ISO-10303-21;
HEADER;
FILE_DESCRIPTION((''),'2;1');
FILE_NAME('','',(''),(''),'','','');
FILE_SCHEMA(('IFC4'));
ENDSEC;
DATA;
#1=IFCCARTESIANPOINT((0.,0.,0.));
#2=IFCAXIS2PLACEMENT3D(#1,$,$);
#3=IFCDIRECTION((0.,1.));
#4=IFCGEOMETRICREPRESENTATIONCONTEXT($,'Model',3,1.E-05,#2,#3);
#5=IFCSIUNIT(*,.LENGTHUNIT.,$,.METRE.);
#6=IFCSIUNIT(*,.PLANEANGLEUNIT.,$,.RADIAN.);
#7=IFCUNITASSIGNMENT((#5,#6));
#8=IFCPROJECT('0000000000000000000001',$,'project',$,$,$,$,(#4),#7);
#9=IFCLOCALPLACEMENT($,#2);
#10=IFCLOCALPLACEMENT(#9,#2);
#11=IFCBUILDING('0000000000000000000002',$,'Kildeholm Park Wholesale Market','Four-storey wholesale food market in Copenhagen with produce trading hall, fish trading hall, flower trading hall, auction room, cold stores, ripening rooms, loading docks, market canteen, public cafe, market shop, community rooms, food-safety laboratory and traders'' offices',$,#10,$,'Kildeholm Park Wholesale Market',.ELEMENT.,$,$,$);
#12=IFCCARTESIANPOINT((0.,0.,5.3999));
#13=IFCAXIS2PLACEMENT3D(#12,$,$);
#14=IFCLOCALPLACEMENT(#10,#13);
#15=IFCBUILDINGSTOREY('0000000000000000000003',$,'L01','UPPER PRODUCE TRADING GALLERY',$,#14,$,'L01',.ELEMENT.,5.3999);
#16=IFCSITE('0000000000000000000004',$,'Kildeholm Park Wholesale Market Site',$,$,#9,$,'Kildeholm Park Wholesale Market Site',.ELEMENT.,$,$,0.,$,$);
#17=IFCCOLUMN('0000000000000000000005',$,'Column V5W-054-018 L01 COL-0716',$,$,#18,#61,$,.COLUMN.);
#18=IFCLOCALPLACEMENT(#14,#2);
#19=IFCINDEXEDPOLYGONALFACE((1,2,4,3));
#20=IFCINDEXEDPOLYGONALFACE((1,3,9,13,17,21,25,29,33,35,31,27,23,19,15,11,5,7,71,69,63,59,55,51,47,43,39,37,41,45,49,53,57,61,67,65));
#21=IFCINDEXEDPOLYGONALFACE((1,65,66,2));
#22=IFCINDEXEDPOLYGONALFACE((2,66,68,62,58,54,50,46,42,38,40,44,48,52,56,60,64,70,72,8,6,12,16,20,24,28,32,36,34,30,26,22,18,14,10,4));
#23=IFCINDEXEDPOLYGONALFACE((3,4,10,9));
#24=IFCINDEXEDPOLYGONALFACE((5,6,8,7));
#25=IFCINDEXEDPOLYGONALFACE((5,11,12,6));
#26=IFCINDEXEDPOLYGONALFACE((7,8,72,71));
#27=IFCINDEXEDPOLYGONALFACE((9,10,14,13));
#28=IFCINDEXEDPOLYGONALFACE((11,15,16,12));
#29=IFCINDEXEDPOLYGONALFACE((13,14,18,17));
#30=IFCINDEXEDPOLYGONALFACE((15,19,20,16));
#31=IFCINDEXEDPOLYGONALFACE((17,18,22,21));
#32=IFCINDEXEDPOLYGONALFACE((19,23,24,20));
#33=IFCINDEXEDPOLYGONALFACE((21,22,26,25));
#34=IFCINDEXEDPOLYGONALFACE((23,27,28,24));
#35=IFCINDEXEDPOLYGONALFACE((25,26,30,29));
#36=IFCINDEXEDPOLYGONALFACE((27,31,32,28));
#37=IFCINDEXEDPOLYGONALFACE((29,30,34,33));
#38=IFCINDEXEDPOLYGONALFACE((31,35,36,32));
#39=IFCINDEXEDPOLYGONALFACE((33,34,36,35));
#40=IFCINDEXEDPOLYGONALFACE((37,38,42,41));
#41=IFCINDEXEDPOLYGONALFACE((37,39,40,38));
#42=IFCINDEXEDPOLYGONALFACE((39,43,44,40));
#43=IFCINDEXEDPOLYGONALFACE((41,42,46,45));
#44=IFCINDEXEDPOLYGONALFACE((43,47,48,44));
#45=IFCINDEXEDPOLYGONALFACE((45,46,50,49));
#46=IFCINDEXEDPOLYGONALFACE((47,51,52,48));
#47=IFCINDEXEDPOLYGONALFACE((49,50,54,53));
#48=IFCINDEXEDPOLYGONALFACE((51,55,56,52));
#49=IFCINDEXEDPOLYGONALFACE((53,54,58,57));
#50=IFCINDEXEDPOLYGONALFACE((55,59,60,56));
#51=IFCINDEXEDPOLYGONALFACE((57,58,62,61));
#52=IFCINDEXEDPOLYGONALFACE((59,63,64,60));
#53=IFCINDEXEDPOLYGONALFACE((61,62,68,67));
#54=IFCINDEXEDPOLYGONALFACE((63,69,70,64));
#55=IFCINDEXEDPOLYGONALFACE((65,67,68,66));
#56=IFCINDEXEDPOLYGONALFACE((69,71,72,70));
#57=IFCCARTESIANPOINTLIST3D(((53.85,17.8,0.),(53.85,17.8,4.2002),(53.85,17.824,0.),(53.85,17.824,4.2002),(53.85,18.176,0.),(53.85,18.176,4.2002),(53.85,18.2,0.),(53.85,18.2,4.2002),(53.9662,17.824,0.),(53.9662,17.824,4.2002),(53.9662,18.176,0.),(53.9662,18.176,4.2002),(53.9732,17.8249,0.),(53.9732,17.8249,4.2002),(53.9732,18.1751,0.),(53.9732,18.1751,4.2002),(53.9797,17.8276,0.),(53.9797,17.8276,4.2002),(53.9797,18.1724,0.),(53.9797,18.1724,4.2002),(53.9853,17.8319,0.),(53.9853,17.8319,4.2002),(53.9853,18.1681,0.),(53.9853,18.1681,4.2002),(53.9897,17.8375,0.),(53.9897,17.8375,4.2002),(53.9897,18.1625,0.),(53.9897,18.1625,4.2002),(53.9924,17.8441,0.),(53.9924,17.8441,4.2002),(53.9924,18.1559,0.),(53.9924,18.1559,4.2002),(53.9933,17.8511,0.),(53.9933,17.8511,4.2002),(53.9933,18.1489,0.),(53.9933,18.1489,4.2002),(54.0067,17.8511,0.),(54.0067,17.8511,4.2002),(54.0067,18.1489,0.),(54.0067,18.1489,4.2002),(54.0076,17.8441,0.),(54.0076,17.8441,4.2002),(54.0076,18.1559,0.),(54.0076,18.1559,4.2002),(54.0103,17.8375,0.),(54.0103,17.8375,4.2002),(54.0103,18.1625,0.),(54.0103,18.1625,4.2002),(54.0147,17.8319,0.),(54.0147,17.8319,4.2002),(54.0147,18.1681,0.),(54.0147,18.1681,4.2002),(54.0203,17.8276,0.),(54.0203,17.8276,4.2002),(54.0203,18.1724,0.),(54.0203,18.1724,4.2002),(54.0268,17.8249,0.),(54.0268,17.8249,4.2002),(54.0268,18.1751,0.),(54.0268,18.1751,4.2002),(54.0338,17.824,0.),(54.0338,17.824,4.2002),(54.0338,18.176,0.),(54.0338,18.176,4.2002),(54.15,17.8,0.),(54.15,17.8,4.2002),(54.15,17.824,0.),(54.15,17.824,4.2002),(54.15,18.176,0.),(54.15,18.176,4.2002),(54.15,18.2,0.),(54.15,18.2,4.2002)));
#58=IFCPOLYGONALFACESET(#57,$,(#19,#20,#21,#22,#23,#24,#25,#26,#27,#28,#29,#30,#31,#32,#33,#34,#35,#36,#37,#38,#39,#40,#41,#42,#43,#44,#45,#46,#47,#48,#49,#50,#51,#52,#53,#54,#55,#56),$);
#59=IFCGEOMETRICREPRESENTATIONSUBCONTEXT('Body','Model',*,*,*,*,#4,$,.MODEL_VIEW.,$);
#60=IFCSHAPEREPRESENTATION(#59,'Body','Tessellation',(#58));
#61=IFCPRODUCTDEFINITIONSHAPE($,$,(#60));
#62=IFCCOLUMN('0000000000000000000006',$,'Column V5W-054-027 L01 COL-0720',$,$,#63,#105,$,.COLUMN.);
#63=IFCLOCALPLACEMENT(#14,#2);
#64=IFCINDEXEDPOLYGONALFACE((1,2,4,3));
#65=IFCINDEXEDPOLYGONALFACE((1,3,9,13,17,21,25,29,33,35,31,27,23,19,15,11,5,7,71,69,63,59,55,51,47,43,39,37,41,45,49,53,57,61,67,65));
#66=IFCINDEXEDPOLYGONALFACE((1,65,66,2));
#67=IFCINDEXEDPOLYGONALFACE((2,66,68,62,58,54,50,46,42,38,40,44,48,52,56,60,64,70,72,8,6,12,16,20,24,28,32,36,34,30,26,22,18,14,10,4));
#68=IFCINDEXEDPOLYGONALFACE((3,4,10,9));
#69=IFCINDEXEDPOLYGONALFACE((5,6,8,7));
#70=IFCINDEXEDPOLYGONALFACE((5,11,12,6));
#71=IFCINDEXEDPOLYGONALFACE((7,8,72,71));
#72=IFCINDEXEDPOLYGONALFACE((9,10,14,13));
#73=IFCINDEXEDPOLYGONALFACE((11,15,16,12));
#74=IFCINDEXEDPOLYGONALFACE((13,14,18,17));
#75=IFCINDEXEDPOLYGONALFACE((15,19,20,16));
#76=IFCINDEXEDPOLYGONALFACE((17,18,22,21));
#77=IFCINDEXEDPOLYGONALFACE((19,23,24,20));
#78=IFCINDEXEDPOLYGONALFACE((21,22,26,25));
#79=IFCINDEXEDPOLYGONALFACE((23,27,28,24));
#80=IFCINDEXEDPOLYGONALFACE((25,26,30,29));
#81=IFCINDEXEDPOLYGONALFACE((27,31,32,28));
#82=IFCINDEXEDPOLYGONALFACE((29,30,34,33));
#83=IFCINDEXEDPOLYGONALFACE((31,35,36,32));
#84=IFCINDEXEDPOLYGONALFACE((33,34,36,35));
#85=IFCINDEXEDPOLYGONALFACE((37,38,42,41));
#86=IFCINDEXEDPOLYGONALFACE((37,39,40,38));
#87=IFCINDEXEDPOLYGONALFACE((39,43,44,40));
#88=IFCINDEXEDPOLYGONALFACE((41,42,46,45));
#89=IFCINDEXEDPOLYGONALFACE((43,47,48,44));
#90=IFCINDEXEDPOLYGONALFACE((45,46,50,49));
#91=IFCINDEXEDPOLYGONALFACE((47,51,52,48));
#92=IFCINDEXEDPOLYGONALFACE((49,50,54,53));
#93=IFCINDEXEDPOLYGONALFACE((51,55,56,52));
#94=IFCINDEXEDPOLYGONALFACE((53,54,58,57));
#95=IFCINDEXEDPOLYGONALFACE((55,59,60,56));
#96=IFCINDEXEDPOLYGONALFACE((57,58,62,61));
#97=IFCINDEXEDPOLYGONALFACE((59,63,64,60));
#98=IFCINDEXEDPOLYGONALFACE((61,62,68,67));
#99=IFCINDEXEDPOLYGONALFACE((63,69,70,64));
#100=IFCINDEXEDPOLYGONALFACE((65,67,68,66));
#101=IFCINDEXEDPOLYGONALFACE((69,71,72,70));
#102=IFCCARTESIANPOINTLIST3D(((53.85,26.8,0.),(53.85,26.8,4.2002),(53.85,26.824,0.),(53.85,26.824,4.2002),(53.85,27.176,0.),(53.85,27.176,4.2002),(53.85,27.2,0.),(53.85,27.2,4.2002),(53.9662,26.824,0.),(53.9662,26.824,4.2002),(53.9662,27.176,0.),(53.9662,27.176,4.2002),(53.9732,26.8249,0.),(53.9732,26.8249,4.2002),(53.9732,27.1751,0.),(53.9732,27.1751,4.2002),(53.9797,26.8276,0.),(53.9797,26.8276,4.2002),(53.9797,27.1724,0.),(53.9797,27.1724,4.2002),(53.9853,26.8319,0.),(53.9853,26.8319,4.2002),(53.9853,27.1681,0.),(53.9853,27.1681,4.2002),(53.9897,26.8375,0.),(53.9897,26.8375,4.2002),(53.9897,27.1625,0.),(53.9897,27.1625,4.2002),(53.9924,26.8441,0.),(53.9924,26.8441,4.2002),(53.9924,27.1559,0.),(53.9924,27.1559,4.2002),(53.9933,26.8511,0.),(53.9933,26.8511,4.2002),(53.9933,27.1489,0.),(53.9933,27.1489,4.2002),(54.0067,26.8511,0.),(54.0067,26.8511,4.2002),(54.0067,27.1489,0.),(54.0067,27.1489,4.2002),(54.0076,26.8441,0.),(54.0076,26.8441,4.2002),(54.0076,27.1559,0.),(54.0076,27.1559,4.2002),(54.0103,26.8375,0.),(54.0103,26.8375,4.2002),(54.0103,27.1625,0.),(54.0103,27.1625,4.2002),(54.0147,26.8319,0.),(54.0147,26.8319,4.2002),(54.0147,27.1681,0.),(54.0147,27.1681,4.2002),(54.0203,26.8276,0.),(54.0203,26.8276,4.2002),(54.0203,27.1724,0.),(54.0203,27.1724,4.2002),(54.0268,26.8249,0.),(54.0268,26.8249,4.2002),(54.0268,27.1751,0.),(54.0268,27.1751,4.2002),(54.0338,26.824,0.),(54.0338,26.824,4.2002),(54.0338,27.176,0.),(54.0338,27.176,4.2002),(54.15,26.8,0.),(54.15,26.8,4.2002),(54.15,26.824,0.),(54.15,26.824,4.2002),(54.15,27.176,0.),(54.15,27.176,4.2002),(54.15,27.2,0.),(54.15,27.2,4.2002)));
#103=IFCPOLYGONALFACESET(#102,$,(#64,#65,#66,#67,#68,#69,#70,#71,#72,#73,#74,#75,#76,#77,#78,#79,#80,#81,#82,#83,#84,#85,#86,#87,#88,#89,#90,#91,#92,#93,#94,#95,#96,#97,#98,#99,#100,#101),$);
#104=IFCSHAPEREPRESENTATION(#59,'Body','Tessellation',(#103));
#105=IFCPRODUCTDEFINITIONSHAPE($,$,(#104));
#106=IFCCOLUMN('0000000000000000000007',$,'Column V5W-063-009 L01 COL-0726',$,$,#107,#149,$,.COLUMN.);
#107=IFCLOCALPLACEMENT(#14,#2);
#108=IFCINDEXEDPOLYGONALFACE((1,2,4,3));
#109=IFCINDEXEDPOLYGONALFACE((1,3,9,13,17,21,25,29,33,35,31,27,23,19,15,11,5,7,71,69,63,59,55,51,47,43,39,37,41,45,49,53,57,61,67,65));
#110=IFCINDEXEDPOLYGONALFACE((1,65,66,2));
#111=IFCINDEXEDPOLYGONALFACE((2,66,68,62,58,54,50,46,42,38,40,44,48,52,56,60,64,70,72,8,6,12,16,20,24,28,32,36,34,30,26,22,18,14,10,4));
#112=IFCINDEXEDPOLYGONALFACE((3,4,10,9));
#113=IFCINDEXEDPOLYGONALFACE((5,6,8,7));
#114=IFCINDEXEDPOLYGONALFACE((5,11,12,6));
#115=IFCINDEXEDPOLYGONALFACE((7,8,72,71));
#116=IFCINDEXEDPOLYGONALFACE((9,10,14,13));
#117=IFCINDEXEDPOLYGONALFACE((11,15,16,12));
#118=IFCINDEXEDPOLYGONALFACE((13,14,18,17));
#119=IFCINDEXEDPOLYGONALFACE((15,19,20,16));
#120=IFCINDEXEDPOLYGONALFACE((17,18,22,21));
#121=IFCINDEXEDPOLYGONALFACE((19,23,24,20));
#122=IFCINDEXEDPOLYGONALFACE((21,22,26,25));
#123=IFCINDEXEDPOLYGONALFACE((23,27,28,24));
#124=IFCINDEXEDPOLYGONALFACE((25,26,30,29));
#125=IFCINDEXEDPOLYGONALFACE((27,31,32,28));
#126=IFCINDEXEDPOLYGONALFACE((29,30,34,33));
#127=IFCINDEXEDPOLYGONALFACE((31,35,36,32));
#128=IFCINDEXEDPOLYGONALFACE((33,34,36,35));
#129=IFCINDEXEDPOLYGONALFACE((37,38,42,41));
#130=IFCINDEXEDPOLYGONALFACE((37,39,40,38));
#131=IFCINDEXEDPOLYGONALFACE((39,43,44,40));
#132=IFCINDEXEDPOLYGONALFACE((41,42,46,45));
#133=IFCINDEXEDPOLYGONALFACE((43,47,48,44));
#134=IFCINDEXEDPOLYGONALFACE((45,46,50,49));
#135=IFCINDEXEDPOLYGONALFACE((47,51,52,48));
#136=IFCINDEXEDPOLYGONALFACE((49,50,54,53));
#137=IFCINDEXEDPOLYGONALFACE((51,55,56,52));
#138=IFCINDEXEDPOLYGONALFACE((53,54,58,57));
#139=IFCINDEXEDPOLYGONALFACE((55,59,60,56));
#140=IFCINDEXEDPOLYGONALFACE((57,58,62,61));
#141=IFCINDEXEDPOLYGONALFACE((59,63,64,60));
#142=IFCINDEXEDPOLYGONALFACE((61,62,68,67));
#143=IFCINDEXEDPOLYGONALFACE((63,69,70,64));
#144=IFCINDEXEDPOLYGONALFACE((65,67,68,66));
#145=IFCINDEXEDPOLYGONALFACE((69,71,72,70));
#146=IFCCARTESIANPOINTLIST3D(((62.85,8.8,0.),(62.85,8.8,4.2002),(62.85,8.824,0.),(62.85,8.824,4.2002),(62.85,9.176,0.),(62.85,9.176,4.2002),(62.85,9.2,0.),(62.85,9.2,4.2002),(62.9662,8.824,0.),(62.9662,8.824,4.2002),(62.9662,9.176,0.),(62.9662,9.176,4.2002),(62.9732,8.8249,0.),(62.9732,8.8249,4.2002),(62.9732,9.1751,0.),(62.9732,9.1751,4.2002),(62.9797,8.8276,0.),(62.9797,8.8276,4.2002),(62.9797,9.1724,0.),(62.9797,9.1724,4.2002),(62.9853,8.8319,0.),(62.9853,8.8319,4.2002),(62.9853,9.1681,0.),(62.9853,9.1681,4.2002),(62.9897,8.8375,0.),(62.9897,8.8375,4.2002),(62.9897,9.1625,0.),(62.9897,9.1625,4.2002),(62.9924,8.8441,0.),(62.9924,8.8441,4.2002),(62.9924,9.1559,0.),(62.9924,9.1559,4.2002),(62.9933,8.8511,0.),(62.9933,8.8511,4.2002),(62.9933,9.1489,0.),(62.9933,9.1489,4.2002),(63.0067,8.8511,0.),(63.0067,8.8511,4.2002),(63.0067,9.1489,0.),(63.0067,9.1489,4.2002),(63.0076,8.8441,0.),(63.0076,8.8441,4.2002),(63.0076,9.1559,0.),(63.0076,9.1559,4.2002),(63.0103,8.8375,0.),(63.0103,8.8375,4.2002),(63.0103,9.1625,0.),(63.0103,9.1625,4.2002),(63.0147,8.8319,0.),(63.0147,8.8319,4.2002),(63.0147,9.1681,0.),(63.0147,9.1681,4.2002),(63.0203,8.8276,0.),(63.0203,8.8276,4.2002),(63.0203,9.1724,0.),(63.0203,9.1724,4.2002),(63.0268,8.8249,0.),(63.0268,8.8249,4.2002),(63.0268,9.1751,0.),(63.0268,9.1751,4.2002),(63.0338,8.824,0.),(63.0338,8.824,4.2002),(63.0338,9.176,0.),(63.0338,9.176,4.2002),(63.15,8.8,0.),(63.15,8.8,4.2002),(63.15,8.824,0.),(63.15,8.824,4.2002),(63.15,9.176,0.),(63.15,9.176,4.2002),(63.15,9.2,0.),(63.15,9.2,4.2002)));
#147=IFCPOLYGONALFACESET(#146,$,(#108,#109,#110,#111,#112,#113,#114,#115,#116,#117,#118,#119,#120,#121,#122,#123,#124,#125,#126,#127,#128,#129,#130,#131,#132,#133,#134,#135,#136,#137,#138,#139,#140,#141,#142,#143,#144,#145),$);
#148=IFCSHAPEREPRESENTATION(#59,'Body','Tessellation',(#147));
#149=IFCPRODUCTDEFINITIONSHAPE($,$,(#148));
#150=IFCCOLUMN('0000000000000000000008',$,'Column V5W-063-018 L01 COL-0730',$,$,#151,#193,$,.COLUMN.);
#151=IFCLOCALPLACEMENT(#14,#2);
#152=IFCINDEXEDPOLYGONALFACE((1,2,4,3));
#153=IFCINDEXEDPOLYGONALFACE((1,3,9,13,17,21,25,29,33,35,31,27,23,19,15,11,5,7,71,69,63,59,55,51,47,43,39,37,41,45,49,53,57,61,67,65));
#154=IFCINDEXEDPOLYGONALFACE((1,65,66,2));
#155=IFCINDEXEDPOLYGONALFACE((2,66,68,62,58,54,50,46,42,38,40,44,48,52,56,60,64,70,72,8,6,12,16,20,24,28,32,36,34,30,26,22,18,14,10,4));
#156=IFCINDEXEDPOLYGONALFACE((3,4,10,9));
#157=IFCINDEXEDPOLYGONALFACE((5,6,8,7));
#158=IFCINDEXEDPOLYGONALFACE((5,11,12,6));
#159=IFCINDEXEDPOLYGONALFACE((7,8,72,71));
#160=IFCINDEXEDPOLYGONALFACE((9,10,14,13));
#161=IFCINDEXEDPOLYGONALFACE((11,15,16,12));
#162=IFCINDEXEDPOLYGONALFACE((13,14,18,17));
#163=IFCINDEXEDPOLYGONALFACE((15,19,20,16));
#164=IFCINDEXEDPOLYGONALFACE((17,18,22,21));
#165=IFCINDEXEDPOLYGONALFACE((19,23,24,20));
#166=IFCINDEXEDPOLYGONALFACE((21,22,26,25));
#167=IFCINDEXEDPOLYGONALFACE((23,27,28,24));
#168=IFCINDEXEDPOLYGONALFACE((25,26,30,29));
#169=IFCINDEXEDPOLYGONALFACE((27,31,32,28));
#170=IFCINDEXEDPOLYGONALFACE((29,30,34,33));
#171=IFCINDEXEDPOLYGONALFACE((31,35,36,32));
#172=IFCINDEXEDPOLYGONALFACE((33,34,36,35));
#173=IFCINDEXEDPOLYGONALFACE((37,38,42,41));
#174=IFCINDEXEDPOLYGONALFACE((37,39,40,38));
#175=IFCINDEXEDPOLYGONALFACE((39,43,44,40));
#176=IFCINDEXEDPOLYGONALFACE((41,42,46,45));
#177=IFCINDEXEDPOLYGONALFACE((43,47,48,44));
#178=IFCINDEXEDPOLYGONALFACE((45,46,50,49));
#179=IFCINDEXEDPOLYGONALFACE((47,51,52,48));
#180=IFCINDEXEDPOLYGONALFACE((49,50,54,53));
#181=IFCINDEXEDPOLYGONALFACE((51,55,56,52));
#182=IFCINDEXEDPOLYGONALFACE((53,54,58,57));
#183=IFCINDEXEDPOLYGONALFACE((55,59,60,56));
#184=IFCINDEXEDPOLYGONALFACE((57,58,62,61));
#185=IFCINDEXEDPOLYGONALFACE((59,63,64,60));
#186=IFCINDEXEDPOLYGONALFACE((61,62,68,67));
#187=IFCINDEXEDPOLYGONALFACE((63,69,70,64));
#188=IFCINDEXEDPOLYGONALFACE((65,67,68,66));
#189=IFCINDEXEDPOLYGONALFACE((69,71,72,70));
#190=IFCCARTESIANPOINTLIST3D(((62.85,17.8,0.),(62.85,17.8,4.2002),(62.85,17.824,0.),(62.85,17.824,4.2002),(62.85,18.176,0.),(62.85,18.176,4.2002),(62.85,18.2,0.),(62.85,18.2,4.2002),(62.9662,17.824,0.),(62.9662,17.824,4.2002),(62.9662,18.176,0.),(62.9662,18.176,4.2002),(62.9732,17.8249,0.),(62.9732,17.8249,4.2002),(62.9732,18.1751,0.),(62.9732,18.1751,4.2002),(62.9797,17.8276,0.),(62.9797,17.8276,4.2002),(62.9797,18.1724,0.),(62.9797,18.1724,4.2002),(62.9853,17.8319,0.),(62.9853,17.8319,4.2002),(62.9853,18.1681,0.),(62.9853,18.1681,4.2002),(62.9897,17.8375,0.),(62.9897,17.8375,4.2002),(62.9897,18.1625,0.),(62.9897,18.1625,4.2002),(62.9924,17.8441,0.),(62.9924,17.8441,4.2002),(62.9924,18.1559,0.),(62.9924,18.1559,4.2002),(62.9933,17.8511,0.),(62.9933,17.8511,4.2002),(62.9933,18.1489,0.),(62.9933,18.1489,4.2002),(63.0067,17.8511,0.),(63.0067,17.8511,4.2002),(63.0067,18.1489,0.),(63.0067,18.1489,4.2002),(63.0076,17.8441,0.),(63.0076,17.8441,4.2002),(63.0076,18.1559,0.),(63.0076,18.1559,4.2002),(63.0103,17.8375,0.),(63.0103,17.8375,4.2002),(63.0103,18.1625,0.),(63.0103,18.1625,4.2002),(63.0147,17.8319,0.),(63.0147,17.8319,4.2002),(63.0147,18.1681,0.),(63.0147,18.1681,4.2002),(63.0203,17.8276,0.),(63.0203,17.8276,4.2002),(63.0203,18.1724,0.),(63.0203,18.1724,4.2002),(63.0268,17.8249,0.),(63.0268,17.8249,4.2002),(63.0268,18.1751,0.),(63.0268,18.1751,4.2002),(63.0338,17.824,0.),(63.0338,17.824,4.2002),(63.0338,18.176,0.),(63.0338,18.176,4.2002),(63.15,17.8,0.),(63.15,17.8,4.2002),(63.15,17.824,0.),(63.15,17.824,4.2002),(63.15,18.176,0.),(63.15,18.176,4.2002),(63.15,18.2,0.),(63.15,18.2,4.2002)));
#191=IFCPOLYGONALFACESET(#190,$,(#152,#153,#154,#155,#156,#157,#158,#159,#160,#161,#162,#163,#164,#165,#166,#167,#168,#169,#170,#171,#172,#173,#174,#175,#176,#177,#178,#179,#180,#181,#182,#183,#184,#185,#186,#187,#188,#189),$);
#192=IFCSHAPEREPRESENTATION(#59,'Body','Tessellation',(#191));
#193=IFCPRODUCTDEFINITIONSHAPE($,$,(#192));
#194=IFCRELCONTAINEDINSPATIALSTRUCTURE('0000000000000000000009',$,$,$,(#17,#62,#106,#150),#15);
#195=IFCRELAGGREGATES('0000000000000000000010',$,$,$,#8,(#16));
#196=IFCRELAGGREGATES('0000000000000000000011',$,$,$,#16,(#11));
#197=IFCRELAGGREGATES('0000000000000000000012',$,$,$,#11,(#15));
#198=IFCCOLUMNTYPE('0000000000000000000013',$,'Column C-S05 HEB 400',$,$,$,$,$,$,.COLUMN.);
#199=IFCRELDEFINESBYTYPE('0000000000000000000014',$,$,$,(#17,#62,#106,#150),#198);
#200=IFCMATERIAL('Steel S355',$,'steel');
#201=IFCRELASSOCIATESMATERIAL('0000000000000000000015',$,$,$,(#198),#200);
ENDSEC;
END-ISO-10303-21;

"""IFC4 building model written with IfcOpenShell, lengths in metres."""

from ifc_helpers import new_model, si_unit, direction, frame, origin, origin_2d, place, context, subcontext, project, spatial, i_section, extrude, material, material_profile, profile_set, type_object, element, save


model = new_model("IFC4")

# Units and contexts
model_context = context("Model", 3, precision=1e-05, world=origin(), true_north=direction((0.0, 1.0)))
body_context = subcontext(model_context, "Body", "Model", "MODEL_VIEW")
ifc_project = project(units=[si_unit("LENGTHUNIT", "METRE"), si_unit("PLANEANGLEUNIT", "RADIAN")], contexts=[model_context])

# Site, building, storey
site_placement = place(None, origin())
site = spatial("IfcSite", under=ifc_project, at=site_placement, Name="Kildeholm Park Wholesale Market Site", LongName="Kildeholm Park Wholesale Market Site", CompositionType="ELEMENT", RefElevation=0.0)
building_placement = place(site_placement, origin())
building = spatial("IfcBuilding", under=site, at=building_placement, Name="Kildeholm Park Wholesale Market", Description="Four-storey wholesale food market in Copenhagen with produce trading hall, fish trading hall, flower trading hall, auction room, cold stores, ripening rooms, loading docks, market canteen, public cafe, market shop, community rooms, food-safety laboratory and traders' offices", LongName="Kildeholm Park Wholesale Market", CompositionType="ELEMENT")
storey_placement = place(building_placement, frame((0.0, 0.0, 5.3999)))
storey = spatial("IfcBuildingStorey", under=building, at=storey_placement, Name="L01", Description="UPPER PRODUCE TRADING GALLERY", LongName="L01", CompositionType="ELEMENT", Elevation=5.3999)

# Columns
ifc_material_1 = material(Name="Steel S355", Category="steel")
ifc_material_profile_1 = material_profile(ifc_material_1, i_section(OverallWidth=0.3, OverallDepth=0.3999, WebThickness=0.0134, FlangeThickness=0.0239, FilletRadius=0.0271, at=origin_2d()), Name="HEB 400")
ifc_profile_set_1 = profile_set([ifc_material_profile_1], Name="Steel S355")
column_type = type_object("IfcColumnType", Name="Column C-S05 HEB 400", PredefinedType="COLUMN", material=ifc_profile_set_1)
for number, where, z_axis, x_axis, name in (
    (1, (54.0, 18.0, 0.0), (0.0, 0.0, 1.0), (1.0, 0.0, 0.0), "Column V5W-054-018 L01 COL-0716"),
    (2, (54.0, 27.0, 0.0), (0.0, 0.0, 1.0), (1.0, 0.0, 0.0), "Column V5W-054-027 L01 COL-0720"),
    (3, (63.0, 9.0, 0.0), (0.0, 0.0, 1.0), (1.0, 0.0, 0.0), "Column V5W-063-009 L01 COL-0726"),
    (4, (63.0, 18.0, 0.0), (0.0, 0.0, 1.0), (1.0, 0.0, 0.0), "Column V5W-063-018 L01 COL-0730"),
):
    element("IfcColumn", number, at=place(storey_placement, frame(where, z_axis=z_axis, x_axis=x_axis)), inside=storey, type_object=column_type, Name=name, PredefinedType="COLUMN", context=body_context, shape_type="SweptSolid", body=[
        extrude(i_section(OverallWidth=0.3, OverallDepth=0.3999, WebThickness=0.0134, FlangeThickness=0.0239, FilletRadius=0.0271, at=origin_2d()), origin(), (0.0, 0.0, 1.0), 4.2002),
    ])

save(model, "model.ifc")
